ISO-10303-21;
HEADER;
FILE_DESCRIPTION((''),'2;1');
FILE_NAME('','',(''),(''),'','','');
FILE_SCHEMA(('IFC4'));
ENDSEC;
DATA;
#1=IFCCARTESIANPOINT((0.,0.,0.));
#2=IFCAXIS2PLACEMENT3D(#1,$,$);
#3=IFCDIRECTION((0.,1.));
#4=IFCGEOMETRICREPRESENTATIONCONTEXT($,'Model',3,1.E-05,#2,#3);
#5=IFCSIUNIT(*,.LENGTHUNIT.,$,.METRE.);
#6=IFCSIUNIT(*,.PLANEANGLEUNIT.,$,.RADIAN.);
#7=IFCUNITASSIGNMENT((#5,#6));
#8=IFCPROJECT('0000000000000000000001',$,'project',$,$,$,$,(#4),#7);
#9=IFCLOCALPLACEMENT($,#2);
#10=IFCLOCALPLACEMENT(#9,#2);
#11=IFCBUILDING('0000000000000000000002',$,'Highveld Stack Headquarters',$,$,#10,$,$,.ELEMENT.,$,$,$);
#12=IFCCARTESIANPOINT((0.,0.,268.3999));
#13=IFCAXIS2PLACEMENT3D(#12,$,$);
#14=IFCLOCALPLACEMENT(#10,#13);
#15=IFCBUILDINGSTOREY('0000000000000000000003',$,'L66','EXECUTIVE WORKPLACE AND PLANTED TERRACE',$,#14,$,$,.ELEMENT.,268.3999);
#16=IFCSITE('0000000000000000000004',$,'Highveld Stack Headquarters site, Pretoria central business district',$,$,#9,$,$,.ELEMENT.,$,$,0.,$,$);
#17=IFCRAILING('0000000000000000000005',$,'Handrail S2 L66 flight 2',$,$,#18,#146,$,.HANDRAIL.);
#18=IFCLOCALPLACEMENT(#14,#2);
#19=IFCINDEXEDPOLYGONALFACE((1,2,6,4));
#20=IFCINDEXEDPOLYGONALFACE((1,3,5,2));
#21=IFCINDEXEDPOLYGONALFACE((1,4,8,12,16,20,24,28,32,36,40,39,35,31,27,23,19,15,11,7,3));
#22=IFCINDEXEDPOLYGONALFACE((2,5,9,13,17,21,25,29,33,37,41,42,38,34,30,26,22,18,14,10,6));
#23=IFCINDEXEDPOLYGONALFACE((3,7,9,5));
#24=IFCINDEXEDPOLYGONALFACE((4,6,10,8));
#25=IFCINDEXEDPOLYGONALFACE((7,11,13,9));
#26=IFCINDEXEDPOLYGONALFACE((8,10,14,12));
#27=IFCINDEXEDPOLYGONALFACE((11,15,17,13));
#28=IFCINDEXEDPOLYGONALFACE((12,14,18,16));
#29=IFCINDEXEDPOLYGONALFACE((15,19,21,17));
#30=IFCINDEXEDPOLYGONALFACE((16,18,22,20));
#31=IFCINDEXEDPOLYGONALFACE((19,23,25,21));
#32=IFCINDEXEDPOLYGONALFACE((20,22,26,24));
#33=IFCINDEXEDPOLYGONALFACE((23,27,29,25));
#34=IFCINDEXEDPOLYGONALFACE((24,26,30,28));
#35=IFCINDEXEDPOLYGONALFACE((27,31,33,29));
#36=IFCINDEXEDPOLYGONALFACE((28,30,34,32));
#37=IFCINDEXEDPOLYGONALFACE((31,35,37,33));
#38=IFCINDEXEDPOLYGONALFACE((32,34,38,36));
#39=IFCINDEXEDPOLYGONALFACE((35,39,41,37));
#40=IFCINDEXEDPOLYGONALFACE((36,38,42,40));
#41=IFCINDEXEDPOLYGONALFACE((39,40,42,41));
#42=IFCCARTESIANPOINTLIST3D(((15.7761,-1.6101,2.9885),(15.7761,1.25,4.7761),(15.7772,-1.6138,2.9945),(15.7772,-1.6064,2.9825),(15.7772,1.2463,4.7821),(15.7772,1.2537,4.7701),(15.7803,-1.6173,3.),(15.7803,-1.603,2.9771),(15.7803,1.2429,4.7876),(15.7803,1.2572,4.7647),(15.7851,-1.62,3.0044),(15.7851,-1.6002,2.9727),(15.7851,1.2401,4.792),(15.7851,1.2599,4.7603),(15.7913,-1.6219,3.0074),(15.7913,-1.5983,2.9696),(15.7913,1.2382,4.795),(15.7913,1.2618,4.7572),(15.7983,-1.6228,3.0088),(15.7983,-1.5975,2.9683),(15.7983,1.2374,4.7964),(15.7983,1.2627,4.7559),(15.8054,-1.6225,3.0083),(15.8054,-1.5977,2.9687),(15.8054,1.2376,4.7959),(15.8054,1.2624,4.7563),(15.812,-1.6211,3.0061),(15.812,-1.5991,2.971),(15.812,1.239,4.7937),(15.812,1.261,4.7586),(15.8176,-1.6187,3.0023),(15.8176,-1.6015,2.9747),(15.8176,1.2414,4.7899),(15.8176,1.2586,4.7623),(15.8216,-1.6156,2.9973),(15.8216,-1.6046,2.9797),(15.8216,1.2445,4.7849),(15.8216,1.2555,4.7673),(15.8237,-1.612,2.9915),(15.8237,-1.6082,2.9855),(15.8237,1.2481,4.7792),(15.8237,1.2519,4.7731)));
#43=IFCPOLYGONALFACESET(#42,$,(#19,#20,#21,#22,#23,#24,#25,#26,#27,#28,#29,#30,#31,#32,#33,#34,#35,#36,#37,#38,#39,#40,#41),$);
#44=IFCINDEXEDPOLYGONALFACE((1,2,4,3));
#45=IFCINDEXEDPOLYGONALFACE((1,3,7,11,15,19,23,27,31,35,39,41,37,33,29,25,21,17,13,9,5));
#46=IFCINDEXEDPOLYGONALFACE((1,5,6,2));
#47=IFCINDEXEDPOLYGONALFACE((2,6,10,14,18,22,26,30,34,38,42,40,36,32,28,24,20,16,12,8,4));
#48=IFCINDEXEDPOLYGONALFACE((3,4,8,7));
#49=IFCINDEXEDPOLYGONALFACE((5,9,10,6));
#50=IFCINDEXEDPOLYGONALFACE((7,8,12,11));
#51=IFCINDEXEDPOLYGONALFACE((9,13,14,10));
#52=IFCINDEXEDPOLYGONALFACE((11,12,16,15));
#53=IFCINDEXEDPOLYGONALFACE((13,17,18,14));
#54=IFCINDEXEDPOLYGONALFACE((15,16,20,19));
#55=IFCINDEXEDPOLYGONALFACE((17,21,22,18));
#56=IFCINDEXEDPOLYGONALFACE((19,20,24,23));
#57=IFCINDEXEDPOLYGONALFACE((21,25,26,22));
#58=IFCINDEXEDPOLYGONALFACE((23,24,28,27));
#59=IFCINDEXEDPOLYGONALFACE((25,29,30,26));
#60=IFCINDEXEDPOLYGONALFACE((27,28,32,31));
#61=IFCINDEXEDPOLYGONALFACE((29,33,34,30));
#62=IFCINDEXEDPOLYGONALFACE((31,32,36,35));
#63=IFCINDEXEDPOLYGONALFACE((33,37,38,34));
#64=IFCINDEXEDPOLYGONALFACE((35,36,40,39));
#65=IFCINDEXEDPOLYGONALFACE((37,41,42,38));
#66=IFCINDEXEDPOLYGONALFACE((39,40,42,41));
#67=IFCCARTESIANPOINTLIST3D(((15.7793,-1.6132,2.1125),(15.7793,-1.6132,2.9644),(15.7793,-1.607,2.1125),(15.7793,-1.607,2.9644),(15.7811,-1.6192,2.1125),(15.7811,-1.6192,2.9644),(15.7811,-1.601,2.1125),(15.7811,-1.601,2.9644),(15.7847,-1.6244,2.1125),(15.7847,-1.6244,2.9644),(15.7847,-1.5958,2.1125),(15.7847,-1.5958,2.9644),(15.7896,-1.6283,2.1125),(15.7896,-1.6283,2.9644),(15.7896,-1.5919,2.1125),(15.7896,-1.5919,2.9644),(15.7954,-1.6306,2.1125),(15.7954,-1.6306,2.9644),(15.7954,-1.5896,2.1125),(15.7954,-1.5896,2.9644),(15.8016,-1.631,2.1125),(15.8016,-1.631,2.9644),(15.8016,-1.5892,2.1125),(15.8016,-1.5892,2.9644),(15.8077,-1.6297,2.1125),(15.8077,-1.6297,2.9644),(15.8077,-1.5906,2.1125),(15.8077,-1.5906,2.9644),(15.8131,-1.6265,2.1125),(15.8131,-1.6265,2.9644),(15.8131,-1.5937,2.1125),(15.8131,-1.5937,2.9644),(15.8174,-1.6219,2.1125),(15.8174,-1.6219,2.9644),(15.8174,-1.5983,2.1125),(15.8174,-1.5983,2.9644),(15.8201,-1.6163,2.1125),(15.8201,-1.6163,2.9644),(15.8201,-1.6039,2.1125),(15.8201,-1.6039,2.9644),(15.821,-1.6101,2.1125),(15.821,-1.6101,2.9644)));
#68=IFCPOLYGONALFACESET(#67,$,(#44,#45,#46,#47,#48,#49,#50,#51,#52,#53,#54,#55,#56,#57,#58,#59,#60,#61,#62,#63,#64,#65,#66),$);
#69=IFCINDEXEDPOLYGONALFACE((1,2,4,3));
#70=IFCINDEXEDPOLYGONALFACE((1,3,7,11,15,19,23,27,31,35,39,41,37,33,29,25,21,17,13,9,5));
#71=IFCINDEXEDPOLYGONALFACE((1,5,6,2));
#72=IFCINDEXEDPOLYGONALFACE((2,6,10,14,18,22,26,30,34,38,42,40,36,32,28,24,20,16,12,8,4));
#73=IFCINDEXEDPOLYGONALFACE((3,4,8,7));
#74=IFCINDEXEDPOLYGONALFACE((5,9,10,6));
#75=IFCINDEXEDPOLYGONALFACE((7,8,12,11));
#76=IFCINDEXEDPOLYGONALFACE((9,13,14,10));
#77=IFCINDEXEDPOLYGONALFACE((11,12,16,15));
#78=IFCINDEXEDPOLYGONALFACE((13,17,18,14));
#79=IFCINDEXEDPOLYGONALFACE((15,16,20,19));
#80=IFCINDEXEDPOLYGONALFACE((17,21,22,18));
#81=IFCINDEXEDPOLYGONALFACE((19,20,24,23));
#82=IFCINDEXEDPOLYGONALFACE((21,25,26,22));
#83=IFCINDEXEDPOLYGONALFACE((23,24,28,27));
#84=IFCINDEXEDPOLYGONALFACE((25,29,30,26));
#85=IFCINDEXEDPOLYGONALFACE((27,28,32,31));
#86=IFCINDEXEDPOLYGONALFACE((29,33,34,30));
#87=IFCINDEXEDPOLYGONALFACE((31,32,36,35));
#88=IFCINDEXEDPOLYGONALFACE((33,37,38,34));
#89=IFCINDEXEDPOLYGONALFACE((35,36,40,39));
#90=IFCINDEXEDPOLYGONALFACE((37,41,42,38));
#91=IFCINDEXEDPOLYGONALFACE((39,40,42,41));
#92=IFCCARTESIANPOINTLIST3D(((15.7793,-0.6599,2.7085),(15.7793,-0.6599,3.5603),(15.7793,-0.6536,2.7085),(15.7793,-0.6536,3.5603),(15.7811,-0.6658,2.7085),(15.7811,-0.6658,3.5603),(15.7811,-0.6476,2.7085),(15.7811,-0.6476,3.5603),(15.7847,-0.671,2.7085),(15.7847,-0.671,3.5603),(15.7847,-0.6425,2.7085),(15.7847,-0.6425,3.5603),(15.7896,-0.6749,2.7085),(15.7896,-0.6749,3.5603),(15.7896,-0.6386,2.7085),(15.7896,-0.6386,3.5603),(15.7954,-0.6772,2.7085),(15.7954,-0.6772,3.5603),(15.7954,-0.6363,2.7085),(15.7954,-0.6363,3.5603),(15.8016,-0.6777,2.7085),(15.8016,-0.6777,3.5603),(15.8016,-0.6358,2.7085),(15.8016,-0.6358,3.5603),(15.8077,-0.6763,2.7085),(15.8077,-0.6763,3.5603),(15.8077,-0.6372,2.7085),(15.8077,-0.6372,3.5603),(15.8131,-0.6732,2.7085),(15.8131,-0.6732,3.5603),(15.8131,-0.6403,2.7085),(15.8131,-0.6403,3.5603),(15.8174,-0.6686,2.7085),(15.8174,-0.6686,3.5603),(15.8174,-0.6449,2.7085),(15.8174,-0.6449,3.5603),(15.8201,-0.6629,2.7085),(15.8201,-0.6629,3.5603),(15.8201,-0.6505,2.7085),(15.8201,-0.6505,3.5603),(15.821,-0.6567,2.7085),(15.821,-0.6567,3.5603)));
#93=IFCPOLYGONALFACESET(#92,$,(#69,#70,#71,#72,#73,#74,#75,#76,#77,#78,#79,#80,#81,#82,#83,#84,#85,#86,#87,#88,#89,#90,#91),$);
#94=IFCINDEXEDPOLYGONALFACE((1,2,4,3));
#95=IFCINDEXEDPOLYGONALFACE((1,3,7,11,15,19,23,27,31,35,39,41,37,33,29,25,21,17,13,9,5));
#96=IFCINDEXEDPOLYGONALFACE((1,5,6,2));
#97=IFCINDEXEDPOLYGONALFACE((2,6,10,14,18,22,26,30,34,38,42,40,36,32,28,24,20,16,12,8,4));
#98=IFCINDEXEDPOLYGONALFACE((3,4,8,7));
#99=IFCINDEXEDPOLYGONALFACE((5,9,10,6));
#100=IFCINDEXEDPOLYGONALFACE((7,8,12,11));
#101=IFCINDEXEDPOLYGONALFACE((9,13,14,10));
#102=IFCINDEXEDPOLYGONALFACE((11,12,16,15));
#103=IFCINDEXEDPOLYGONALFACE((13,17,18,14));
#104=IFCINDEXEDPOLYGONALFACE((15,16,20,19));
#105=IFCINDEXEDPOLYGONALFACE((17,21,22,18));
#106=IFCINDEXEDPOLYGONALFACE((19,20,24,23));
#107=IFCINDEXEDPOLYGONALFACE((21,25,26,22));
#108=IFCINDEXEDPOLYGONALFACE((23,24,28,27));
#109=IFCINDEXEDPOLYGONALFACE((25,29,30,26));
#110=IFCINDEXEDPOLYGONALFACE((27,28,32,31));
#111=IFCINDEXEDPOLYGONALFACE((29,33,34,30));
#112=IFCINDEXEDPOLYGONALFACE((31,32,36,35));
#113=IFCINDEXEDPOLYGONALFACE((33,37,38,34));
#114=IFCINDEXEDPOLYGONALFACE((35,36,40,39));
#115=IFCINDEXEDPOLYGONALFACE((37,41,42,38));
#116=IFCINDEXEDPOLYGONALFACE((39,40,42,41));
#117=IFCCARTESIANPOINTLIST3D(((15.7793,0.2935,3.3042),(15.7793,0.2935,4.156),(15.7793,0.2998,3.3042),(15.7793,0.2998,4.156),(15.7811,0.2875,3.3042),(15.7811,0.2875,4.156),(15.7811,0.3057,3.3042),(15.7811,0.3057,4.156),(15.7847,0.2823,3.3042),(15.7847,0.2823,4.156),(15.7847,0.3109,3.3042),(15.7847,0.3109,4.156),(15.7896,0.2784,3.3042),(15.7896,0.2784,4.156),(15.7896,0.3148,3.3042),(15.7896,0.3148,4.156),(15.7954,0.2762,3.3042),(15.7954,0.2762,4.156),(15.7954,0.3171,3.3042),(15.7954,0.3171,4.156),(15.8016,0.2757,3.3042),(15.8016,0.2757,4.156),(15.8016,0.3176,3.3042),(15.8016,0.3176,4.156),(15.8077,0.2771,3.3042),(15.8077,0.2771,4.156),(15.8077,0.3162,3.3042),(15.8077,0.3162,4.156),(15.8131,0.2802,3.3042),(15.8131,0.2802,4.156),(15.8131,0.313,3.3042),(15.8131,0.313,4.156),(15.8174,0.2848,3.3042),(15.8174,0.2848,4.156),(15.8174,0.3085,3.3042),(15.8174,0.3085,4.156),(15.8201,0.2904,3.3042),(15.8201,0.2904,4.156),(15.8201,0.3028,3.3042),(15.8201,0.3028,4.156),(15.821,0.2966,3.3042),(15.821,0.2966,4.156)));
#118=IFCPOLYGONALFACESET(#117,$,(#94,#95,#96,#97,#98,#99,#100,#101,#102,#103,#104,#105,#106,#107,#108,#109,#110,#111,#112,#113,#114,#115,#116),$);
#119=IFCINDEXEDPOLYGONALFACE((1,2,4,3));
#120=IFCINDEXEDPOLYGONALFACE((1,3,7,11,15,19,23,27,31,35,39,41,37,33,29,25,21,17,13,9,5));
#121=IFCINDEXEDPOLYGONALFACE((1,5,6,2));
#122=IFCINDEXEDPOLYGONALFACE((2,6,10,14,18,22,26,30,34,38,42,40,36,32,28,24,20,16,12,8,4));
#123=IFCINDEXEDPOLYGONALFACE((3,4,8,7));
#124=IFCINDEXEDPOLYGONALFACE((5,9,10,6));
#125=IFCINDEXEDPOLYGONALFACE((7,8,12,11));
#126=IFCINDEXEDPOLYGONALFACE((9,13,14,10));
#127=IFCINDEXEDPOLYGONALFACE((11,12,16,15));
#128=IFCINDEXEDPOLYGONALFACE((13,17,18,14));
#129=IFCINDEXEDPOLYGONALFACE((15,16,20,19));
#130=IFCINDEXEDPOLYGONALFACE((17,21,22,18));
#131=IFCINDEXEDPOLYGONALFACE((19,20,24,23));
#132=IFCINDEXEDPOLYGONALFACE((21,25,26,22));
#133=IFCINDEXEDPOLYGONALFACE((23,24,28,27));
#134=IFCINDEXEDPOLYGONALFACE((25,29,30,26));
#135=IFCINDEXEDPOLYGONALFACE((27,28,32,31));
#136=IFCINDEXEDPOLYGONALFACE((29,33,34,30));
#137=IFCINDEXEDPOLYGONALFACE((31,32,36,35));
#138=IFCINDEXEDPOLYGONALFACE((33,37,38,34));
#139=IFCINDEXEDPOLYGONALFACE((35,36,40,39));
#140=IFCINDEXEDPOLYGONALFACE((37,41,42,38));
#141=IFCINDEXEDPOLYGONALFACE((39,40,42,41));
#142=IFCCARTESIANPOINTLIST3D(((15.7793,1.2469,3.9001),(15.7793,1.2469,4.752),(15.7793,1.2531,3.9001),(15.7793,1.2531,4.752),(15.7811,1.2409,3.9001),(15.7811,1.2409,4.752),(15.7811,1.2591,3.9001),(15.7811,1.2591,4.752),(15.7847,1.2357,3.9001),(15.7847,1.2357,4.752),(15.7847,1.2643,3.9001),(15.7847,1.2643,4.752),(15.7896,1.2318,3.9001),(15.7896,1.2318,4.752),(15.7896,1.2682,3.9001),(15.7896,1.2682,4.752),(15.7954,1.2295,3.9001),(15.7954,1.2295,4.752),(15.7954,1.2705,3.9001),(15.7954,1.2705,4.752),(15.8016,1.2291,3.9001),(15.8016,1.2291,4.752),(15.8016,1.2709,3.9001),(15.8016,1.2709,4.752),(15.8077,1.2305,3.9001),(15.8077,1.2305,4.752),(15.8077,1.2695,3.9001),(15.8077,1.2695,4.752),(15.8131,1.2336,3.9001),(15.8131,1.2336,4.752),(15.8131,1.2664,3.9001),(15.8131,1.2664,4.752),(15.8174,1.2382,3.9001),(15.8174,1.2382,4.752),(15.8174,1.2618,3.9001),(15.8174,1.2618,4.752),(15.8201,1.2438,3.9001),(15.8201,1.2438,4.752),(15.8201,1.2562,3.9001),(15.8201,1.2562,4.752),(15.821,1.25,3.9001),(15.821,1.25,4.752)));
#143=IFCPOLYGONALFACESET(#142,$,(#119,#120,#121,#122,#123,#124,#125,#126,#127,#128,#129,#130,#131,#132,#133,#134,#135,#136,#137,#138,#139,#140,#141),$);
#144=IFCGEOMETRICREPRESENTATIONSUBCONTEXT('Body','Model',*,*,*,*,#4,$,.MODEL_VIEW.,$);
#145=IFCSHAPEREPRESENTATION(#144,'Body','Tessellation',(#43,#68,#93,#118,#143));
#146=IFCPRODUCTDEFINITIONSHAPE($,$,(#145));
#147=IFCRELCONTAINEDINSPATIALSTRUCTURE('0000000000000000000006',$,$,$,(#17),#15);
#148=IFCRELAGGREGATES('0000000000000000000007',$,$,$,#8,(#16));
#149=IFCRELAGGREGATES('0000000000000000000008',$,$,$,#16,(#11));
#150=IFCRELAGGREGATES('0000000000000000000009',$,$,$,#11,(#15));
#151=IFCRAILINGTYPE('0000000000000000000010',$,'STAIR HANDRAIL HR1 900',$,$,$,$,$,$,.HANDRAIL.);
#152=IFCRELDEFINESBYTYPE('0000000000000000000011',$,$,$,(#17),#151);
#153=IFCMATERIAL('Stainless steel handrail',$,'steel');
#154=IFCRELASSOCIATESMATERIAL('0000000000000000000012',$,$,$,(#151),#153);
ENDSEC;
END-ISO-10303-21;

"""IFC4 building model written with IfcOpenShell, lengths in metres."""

from ifc_helpers import new_model, si_unit, direction, frame, origin, origin_2d, place, context, subcontext, project, spatial, circle, extrude, material, type_object, element, save


model = new_model("IFC4")

# Units and contexts
model_context = context("Model", 3, precision=1e-05, world=origin(), true_north=direction((0.0, 1.0)))
body_context = subcontext(model_context, "Body", "Model", "MODEL_VIEW")
ifc_project = project(units=[si_unit("LENGTHUNIT", "METRE"), si_unit("PLANEANGLEUNIT", "RADIAN")], contexts=[model_context])

# Site, building, storey
site_placement = place(None, origin())
site = spatial("IfcSite", under=ifc_project, at=site_placement, Name="Highveld Stack Headquarters site, Pretoria central business district", CompositionType="ELEMENT", RefElevation=0.0)
building_placement = place(site_placement, origin())
building = spatial("IfcBuilding", under=site, at=building_placement, Name="Highveld Stack Headquarters", CompositionType="ELEMENT")
storey_placement = place(building_placement, frame((0.0, 0.0, 268.3999)))
storey = spatial("IfcBuildingStorey", under=building, at=storey_placement, Name="L66", Description="EXECUTIVE WORKPLACE AND PLANTED TERRACE", CompositionType="ELEMENT", Elevation=268.3999)

# Railing
ifc_material_1 = material(Name="Stainless steel handrail", Category="steel")
railing_type = type_object("IfcRailingType", Name="STAIR HANDRAIL HR1 900", PredefinedType="HANDRAIL", material=ifc_material_1)
for number, where, name in (
    (1, (15.8, -1.6101, 2.1125), "Handrail S2 L66 flight 2"),
):
    element("IfcRailing", number, at=place(storey_placement, frame(where)), inside=storey, type_object=railing_type, Name=name, PredefinedType="HANDRAIL", context=body_context, shape_type="SweptSolid", body=[
        extrude(circle(Radius=0.0239, at=origin_2d()), frame((0.0, 0.0, 0.876), z_axis=(0.0, 0.847994, 0.530005), x_axis=(-1.0, 0.0, 0.0)), (0.0, 0.0, 1.0), 3.3728),
        extrude(circle(Radius=0.021, at=origin_2d()), origin(), (0.0, 0.0, 1.0), 0.8518),
        extrude(circle(Radius=0.021, at=origin_2d()), frame((0.0, 0.9534, 0.5959)), (0.0, 0.0, 1.0), 0.8518),
        extrude(circle(Radius=0.021, at=origin_2d()), frame((0.0, 1.9067, 1.1917)), (0.0, 0.0, 1.0), 0.8518),
        extrude(circle(Radius=0.021, at=origin_2d()), frame((0.0, 2.8601, 1.7876)), (0.0, 0.0, 1.0), 0.8518),
    ])

save(model, "model.ifc")
